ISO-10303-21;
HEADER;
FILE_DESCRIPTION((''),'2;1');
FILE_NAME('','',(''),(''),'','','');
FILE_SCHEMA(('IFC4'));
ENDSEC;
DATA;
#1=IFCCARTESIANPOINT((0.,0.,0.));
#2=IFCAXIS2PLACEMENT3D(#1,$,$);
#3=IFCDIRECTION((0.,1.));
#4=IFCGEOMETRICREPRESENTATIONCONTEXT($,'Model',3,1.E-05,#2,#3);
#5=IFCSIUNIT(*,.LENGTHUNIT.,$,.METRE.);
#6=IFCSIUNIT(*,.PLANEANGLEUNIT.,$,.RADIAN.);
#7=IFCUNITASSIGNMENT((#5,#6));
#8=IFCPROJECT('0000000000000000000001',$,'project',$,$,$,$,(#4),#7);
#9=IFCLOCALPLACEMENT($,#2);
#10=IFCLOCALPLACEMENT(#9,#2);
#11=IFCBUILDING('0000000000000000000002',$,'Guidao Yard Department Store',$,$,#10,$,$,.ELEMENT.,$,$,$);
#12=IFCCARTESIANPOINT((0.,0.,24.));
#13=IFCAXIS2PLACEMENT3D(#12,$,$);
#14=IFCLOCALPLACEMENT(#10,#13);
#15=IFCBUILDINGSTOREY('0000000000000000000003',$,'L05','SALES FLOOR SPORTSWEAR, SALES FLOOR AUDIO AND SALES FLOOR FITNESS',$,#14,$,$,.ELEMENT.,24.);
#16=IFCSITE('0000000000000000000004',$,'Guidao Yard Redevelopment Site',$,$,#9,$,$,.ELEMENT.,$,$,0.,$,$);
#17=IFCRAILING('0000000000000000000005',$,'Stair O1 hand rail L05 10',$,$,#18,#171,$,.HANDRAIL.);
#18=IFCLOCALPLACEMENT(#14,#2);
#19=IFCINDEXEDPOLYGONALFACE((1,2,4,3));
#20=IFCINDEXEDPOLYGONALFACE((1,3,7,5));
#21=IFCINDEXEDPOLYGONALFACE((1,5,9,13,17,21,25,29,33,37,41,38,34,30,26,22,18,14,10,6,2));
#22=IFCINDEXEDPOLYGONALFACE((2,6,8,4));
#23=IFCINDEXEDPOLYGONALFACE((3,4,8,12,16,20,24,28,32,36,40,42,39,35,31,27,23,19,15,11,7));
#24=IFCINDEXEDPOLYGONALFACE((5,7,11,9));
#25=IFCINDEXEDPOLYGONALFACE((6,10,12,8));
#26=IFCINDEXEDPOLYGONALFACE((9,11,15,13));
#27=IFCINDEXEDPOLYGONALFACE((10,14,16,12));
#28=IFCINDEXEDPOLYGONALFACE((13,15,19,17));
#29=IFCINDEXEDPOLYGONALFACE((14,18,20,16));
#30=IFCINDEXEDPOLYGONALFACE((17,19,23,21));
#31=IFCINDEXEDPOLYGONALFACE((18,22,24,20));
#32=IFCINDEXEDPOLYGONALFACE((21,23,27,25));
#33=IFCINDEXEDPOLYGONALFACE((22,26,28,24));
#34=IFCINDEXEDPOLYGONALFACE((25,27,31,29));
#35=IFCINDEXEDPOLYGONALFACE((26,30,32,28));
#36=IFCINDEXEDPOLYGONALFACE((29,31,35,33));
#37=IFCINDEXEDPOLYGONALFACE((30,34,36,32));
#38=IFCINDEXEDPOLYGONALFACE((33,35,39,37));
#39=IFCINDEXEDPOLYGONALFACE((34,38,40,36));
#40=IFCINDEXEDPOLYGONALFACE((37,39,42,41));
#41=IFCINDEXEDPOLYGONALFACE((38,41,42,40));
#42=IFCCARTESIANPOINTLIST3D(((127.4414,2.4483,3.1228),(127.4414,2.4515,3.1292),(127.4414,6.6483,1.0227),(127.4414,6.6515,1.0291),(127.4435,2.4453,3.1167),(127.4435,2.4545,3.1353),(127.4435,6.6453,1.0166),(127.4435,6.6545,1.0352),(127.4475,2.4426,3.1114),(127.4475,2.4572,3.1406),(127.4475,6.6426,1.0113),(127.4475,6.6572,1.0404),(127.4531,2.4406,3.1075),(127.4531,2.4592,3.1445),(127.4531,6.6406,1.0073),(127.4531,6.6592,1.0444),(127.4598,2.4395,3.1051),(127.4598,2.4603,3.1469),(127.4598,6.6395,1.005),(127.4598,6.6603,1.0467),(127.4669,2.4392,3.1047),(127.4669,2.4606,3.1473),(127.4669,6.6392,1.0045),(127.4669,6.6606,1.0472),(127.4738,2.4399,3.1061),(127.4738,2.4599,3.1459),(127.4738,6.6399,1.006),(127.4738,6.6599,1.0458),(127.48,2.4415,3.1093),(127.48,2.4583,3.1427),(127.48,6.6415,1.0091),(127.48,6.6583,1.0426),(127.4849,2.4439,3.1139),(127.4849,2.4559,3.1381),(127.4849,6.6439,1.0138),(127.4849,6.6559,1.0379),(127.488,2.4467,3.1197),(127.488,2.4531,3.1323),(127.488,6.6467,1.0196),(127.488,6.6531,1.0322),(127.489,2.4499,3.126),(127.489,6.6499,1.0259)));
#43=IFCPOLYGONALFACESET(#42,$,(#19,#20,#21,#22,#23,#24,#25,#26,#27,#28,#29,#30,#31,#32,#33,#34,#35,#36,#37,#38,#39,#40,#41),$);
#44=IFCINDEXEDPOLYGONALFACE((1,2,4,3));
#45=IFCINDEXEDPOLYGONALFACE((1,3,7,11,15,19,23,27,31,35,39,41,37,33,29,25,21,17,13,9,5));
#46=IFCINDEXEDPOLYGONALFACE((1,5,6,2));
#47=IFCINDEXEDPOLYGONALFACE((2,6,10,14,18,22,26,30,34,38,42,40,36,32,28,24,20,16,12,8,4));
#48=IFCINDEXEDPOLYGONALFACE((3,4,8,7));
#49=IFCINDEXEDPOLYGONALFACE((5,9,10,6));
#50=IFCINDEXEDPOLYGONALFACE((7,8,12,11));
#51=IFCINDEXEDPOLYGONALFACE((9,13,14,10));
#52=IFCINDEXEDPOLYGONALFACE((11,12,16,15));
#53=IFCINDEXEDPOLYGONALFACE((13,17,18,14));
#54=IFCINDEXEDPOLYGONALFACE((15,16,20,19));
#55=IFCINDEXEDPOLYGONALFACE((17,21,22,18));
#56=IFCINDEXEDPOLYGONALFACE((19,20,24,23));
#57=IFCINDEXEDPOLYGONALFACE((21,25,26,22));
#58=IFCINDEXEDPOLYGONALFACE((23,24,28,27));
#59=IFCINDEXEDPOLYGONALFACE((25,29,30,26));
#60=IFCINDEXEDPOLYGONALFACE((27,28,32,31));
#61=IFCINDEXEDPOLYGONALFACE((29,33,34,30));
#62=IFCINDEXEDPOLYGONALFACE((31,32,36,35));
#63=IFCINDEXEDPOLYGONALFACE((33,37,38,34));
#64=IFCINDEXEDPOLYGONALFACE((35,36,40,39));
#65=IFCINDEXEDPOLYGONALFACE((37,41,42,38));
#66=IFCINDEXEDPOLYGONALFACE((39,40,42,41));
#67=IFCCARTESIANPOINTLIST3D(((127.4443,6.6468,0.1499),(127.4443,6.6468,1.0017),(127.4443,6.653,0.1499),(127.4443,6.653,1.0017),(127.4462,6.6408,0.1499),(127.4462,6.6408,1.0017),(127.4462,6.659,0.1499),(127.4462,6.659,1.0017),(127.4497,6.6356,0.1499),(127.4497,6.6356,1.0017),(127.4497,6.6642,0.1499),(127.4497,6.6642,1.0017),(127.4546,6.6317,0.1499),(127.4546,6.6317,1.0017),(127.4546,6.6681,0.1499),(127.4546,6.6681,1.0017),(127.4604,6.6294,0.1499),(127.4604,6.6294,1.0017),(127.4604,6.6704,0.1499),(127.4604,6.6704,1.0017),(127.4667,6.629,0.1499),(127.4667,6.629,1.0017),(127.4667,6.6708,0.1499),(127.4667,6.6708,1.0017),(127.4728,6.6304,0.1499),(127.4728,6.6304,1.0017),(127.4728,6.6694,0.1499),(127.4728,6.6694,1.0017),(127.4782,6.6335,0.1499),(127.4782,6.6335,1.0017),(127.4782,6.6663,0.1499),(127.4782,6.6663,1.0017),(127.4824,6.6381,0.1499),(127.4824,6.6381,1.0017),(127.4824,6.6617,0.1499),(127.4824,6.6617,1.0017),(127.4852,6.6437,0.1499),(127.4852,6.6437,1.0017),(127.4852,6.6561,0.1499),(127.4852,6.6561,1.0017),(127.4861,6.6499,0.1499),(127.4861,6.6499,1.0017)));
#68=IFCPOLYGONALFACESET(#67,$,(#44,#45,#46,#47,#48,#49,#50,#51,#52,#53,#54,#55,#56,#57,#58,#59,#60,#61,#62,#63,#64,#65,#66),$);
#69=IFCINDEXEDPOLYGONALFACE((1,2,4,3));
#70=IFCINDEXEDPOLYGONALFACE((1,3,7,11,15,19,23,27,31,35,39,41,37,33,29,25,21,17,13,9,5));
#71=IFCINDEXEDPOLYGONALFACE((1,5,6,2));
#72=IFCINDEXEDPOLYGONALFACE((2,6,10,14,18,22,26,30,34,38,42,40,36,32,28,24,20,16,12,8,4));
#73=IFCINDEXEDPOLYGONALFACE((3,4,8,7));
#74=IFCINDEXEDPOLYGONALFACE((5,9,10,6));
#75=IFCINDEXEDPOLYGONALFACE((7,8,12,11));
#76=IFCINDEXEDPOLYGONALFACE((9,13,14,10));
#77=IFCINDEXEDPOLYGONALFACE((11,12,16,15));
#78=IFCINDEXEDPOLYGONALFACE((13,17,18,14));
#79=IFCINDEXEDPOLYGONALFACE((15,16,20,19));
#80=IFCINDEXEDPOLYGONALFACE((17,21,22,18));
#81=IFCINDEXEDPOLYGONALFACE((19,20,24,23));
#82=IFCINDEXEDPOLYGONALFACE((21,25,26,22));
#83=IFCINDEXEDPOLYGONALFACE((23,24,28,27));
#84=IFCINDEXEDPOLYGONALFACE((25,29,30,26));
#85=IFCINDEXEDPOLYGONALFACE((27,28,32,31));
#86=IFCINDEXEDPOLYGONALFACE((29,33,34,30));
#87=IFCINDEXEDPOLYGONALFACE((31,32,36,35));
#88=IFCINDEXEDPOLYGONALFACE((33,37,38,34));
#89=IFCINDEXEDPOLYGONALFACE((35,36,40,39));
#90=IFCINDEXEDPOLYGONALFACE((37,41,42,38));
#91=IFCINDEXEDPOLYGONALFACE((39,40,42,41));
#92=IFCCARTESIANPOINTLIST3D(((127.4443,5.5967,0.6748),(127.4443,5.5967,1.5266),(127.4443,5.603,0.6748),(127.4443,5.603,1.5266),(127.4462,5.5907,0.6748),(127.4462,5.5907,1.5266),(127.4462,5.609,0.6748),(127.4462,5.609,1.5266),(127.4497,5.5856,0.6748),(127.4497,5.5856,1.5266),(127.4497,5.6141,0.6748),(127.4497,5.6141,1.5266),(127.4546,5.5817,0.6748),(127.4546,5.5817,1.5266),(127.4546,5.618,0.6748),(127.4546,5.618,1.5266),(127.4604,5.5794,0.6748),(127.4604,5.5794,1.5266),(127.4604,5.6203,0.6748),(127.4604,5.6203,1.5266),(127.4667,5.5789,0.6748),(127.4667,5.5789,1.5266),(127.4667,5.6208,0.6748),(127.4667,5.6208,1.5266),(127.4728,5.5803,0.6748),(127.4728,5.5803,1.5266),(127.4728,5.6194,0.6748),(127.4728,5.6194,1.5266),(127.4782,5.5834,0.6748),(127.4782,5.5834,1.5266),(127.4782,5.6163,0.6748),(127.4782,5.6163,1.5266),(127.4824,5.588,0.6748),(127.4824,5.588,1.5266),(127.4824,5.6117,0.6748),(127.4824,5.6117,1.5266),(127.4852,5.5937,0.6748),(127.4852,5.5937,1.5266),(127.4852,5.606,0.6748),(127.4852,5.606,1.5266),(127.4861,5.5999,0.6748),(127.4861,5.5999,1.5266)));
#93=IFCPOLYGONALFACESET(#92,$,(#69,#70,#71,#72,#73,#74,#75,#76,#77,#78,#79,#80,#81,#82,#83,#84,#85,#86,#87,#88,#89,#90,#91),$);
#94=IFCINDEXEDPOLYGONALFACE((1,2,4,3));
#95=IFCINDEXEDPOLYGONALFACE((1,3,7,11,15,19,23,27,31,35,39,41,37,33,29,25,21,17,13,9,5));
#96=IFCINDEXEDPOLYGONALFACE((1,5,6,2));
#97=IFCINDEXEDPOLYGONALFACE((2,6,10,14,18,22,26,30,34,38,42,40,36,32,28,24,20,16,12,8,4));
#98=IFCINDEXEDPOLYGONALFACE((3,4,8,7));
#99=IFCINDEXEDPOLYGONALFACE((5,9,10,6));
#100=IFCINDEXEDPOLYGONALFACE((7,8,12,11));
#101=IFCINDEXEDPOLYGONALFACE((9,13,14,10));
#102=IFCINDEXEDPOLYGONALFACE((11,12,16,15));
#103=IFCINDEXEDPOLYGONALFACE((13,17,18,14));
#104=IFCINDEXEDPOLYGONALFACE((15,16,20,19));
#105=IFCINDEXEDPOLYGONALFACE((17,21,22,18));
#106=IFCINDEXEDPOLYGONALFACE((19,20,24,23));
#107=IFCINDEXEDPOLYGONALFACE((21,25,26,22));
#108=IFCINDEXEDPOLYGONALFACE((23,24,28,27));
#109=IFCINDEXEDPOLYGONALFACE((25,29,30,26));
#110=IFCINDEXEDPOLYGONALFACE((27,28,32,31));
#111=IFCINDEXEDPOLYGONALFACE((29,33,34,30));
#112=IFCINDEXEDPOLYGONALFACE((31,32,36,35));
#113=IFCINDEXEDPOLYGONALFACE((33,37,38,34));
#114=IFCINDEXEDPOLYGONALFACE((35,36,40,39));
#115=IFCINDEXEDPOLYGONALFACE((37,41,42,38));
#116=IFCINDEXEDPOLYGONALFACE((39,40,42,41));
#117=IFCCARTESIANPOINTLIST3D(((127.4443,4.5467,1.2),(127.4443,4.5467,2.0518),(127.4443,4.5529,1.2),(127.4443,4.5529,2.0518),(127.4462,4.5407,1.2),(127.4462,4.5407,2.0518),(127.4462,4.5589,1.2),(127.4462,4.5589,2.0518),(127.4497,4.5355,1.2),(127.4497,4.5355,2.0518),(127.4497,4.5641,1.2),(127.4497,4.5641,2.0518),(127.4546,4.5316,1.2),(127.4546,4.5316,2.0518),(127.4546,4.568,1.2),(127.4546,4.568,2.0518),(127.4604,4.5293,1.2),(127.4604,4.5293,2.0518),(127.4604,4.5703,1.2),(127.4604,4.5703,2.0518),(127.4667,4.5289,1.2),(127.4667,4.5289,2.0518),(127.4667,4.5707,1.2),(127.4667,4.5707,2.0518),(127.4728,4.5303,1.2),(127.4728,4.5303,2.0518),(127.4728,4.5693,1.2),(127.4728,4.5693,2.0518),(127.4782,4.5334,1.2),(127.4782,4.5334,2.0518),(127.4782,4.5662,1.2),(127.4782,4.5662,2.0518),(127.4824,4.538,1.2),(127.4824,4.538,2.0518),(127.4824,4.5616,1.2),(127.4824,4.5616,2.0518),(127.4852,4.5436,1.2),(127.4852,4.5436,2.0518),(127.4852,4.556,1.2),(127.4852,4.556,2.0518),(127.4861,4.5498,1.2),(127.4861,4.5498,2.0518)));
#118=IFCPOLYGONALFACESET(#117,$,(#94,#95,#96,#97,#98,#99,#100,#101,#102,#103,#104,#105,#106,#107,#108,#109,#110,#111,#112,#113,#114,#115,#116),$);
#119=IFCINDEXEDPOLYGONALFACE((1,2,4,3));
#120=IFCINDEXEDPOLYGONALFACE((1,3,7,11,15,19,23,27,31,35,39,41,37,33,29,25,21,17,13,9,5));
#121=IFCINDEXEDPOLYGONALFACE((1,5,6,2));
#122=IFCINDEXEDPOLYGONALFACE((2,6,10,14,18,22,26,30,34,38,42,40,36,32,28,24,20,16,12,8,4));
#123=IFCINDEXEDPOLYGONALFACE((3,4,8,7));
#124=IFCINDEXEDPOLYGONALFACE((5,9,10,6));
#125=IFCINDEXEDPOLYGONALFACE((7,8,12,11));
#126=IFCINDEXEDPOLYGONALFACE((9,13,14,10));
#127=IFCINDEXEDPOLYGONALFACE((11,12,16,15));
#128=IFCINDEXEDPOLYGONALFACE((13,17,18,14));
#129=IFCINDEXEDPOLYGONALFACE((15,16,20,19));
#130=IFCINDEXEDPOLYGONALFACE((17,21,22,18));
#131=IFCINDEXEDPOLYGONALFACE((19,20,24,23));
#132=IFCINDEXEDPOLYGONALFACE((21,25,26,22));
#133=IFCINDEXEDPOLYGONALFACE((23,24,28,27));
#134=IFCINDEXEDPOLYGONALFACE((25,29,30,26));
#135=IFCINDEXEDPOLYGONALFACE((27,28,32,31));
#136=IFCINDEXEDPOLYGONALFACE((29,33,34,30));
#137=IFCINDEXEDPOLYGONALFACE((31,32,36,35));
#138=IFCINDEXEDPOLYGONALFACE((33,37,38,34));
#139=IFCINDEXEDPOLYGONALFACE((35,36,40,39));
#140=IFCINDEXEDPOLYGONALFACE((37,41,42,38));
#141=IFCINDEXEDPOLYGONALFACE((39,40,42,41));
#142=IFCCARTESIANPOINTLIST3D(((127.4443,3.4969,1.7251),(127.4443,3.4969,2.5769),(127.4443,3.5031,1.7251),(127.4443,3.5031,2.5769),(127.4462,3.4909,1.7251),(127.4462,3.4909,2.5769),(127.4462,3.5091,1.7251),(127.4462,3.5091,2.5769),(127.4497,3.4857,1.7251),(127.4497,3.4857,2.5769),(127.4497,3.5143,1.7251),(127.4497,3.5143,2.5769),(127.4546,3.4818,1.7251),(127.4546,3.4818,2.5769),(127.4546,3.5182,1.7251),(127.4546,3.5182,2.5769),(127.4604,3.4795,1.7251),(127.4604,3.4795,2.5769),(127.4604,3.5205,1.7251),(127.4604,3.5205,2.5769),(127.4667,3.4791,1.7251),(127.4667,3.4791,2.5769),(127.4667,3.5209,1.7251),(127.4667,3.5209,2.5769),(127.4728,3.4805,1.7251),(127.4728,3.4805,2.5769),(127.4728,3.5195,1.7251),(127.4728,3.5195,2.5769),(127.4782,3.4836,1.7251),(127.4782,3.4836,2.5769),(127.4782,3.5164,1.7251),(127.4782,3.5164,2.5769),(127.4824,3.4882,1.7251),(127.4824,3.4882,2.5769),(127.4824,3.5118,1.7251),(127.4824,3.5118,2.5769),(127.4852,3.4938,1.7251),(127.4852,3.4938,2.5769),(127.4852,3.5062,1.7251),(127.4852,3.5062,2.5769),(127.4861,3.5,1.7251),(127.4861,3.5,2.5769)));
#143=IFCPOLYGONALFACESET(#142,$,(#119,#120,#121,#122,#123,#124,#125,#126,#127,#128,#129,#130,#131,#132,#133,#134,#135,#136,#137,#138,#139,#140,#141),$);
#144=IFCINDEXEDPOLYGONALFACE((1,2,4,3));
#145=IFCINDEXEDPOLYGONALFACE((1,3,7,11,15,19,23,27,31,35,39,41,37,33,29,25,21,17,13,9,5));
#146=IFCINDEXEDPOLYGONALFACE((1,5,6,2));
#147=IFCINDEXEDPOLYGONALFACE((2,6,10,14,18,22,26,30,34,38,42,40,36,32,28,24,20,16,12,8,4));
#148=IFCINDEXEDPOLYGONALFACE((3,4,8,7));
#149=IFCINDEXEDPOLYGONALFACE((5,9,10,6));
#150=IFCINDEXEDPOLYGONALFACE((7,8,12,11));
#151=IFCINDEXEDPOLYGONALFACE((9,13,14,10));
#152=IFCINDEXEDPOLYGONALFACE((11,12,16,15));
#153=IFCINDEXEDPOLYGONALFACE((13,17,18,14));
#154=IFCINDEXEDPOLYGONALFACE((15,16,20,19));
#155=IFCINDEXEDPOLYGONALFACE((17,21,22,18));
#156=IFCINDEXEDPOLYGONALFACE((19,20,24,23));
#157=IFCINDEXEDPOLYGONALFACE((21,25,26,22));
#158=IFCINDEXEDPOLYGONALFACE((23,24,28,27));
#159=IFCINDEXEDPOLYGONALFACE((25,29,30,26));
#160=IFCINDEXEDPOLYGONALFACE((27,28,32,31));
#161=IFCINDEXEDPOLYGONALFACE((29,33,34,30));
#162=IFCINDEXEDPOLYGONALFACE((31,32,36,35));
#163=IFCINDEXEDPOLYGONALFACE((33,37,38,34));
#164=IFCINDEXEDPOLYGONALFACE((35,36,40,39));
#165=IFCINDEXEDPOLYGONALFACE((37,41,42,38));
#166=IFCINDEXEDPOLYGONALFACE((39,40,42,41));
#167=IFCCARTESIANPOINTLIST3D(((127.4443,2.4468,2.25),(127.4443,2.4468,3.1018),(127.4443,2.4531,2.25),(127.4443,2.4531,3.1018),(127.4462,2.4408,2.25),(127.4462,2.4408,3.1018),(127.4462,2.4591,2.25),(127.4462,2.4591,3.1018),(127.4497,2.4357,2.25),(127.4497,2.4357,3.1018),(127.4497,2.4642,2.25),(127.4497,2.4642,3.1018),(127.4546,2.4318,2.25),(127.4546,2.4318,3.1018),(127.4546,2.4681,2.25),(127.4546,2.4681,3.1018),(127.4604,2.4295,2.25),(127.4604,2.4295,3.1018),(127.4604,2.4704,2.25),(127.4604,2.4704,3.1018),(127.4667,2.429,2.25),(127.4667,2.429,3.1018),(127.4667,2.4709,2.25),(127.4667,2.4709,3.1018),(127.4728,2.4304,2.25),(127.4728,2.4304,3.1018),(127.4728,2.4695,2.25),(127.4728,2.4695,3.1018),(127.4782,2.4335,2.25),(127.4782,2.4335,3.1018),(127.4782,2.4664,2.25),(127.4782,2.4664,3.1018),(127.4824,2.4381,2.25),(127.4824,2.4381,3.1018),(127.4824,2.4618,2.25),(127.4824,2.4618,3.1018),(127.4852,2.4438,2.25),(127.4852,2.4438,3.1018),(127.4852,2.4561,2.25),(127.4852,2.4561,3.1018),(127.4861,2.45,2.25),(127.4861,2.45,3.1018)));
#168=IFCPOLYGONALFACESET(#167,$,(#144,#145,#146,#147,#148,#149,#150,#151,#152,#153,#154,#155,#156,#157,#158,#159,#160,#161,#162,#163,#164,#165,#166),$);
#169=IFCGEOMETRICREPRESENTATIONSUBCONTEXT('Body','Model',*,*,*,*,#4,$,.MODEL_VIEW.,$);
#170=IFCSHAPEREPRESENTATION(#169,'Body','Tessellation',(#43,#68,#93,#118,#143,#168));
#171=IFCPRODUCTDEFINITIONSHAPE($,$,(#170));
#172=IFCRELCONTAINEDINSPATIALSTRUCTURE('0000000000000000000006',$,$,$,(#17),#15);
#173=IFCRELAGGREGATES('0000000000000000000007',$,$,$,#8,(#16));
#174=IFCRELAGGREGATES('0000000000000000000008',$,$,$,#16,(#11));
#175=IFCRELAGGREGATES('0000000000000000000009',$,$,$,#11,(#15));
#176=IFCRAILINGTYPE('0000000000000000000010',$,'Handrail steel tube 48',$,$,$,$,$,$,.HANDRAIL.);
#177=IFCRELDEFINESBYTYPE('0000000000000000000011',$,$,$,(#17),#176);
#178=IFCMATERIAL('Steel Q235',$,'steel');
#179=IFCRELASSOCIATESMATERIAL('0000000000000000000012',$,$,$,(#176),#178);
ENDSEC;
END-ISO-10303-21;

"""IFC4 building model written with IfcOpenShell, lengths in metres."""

from ifc_helpers import new_model, si_unit, direction, frame, origin, origin_2d, place, context, subcontext, project, spatial, circle, extrude, material, type_object, element, save


model = new_model("IFC4")

# Units and contexts
model_context = context("Model", 3, precision=1e-05, world=origin(), true_north=direction((0.0, 1.0)))
body_context = subcontext(model_context, "Body", "Model", "MODEL_VIEW")
ifc_project = project(units=[si_unit("LENGTHUNIT", "METRE"), si_unit("PLANEANGLEUNIT", "RADIAN")], contexts=[model_context])

# Site, building, storey
site_placement = place(None, origin())
site = spatial("IfcSite", under=ifc_project, at=site_placement, Name="Guidao Yard Redevelopment Site", CompositionType="ELEMENT", RefElevation=0.0)
building_placement = place(site_placement, origin())
building = spatial("IfcBuilding", under=site, at=building_placement, Name="Guidao Yard Department Store", CompositionType="ELEMENT")
storey_placement = place(building_placement, frame((0.0, 0.0, 24.0)))
storey = spatial("IfcBuildingStorey", under=building, at=storey_placement, Name="L05", Description="SALES FLOOR SPORTSWEAR, SALES FLOOR AUDIO AND SALES FLOOR FITNESS", CompositionType="ELEMENT", Elevation=24.0)

# Railing
ifc_material_1 = material(Name="Steel Q235", Category="steel")
railing_type = type_object("IfcRailingType", Name="Handrail steel tube 48", PredefinedType="HANDRAIL", material=ifc_material_1)
for number, where, name in (
    (1, (127.4651, 6.6499, 0.1499), "Stair O1 hand rail L05 10"),
):
    element("IfcRailing", number, at=place(storey_placement, frame(where)), inside=storey, type_object=railing_type, Name=name, PredefinedType="HANDRAIL", context=body_context, shape_type="SweptSolid", body=[
        extrude(circle(Radius=0.0239, at=origin_2d()), frame((0.0, 0.0, 0.876), z_axis=(0.0, -0.894417, 0.447234), x_axis=(1.0, 0.0, 0.0)), (0.0, 0.0, 1.0), 4.6958),
        extrude(circle(Radius=0.021, at=origin_2d()), origin(), (0.0, 0.0, 1.0), 0.8518),
        extrude(circle(Radius=0.021, at=origin_2d()), frame((0.0, -1.05, 0.5249)), (0.0, 0.0, 1.0), 0.8518),
        extrude(circle(Radius=0.021, at=origin_2d()), frame((0.0, -2.1001, 1.05)), (0.0, 0.0, 1.0), 0.8518),
        extrude(circle(Radius=0.021, at=origin_2d()), frame((0.0, -3.1499, 1.5752)), (0.0, 0.0, 1.0), 0.8518),
        extrude(circle(Radius=0.021, at=origin_2d()), frame((0.0, -4.2, 2.1001)), (0.0, 0.0, 1.0), 0.8518),
    ])

save(model, "model.ifc")
